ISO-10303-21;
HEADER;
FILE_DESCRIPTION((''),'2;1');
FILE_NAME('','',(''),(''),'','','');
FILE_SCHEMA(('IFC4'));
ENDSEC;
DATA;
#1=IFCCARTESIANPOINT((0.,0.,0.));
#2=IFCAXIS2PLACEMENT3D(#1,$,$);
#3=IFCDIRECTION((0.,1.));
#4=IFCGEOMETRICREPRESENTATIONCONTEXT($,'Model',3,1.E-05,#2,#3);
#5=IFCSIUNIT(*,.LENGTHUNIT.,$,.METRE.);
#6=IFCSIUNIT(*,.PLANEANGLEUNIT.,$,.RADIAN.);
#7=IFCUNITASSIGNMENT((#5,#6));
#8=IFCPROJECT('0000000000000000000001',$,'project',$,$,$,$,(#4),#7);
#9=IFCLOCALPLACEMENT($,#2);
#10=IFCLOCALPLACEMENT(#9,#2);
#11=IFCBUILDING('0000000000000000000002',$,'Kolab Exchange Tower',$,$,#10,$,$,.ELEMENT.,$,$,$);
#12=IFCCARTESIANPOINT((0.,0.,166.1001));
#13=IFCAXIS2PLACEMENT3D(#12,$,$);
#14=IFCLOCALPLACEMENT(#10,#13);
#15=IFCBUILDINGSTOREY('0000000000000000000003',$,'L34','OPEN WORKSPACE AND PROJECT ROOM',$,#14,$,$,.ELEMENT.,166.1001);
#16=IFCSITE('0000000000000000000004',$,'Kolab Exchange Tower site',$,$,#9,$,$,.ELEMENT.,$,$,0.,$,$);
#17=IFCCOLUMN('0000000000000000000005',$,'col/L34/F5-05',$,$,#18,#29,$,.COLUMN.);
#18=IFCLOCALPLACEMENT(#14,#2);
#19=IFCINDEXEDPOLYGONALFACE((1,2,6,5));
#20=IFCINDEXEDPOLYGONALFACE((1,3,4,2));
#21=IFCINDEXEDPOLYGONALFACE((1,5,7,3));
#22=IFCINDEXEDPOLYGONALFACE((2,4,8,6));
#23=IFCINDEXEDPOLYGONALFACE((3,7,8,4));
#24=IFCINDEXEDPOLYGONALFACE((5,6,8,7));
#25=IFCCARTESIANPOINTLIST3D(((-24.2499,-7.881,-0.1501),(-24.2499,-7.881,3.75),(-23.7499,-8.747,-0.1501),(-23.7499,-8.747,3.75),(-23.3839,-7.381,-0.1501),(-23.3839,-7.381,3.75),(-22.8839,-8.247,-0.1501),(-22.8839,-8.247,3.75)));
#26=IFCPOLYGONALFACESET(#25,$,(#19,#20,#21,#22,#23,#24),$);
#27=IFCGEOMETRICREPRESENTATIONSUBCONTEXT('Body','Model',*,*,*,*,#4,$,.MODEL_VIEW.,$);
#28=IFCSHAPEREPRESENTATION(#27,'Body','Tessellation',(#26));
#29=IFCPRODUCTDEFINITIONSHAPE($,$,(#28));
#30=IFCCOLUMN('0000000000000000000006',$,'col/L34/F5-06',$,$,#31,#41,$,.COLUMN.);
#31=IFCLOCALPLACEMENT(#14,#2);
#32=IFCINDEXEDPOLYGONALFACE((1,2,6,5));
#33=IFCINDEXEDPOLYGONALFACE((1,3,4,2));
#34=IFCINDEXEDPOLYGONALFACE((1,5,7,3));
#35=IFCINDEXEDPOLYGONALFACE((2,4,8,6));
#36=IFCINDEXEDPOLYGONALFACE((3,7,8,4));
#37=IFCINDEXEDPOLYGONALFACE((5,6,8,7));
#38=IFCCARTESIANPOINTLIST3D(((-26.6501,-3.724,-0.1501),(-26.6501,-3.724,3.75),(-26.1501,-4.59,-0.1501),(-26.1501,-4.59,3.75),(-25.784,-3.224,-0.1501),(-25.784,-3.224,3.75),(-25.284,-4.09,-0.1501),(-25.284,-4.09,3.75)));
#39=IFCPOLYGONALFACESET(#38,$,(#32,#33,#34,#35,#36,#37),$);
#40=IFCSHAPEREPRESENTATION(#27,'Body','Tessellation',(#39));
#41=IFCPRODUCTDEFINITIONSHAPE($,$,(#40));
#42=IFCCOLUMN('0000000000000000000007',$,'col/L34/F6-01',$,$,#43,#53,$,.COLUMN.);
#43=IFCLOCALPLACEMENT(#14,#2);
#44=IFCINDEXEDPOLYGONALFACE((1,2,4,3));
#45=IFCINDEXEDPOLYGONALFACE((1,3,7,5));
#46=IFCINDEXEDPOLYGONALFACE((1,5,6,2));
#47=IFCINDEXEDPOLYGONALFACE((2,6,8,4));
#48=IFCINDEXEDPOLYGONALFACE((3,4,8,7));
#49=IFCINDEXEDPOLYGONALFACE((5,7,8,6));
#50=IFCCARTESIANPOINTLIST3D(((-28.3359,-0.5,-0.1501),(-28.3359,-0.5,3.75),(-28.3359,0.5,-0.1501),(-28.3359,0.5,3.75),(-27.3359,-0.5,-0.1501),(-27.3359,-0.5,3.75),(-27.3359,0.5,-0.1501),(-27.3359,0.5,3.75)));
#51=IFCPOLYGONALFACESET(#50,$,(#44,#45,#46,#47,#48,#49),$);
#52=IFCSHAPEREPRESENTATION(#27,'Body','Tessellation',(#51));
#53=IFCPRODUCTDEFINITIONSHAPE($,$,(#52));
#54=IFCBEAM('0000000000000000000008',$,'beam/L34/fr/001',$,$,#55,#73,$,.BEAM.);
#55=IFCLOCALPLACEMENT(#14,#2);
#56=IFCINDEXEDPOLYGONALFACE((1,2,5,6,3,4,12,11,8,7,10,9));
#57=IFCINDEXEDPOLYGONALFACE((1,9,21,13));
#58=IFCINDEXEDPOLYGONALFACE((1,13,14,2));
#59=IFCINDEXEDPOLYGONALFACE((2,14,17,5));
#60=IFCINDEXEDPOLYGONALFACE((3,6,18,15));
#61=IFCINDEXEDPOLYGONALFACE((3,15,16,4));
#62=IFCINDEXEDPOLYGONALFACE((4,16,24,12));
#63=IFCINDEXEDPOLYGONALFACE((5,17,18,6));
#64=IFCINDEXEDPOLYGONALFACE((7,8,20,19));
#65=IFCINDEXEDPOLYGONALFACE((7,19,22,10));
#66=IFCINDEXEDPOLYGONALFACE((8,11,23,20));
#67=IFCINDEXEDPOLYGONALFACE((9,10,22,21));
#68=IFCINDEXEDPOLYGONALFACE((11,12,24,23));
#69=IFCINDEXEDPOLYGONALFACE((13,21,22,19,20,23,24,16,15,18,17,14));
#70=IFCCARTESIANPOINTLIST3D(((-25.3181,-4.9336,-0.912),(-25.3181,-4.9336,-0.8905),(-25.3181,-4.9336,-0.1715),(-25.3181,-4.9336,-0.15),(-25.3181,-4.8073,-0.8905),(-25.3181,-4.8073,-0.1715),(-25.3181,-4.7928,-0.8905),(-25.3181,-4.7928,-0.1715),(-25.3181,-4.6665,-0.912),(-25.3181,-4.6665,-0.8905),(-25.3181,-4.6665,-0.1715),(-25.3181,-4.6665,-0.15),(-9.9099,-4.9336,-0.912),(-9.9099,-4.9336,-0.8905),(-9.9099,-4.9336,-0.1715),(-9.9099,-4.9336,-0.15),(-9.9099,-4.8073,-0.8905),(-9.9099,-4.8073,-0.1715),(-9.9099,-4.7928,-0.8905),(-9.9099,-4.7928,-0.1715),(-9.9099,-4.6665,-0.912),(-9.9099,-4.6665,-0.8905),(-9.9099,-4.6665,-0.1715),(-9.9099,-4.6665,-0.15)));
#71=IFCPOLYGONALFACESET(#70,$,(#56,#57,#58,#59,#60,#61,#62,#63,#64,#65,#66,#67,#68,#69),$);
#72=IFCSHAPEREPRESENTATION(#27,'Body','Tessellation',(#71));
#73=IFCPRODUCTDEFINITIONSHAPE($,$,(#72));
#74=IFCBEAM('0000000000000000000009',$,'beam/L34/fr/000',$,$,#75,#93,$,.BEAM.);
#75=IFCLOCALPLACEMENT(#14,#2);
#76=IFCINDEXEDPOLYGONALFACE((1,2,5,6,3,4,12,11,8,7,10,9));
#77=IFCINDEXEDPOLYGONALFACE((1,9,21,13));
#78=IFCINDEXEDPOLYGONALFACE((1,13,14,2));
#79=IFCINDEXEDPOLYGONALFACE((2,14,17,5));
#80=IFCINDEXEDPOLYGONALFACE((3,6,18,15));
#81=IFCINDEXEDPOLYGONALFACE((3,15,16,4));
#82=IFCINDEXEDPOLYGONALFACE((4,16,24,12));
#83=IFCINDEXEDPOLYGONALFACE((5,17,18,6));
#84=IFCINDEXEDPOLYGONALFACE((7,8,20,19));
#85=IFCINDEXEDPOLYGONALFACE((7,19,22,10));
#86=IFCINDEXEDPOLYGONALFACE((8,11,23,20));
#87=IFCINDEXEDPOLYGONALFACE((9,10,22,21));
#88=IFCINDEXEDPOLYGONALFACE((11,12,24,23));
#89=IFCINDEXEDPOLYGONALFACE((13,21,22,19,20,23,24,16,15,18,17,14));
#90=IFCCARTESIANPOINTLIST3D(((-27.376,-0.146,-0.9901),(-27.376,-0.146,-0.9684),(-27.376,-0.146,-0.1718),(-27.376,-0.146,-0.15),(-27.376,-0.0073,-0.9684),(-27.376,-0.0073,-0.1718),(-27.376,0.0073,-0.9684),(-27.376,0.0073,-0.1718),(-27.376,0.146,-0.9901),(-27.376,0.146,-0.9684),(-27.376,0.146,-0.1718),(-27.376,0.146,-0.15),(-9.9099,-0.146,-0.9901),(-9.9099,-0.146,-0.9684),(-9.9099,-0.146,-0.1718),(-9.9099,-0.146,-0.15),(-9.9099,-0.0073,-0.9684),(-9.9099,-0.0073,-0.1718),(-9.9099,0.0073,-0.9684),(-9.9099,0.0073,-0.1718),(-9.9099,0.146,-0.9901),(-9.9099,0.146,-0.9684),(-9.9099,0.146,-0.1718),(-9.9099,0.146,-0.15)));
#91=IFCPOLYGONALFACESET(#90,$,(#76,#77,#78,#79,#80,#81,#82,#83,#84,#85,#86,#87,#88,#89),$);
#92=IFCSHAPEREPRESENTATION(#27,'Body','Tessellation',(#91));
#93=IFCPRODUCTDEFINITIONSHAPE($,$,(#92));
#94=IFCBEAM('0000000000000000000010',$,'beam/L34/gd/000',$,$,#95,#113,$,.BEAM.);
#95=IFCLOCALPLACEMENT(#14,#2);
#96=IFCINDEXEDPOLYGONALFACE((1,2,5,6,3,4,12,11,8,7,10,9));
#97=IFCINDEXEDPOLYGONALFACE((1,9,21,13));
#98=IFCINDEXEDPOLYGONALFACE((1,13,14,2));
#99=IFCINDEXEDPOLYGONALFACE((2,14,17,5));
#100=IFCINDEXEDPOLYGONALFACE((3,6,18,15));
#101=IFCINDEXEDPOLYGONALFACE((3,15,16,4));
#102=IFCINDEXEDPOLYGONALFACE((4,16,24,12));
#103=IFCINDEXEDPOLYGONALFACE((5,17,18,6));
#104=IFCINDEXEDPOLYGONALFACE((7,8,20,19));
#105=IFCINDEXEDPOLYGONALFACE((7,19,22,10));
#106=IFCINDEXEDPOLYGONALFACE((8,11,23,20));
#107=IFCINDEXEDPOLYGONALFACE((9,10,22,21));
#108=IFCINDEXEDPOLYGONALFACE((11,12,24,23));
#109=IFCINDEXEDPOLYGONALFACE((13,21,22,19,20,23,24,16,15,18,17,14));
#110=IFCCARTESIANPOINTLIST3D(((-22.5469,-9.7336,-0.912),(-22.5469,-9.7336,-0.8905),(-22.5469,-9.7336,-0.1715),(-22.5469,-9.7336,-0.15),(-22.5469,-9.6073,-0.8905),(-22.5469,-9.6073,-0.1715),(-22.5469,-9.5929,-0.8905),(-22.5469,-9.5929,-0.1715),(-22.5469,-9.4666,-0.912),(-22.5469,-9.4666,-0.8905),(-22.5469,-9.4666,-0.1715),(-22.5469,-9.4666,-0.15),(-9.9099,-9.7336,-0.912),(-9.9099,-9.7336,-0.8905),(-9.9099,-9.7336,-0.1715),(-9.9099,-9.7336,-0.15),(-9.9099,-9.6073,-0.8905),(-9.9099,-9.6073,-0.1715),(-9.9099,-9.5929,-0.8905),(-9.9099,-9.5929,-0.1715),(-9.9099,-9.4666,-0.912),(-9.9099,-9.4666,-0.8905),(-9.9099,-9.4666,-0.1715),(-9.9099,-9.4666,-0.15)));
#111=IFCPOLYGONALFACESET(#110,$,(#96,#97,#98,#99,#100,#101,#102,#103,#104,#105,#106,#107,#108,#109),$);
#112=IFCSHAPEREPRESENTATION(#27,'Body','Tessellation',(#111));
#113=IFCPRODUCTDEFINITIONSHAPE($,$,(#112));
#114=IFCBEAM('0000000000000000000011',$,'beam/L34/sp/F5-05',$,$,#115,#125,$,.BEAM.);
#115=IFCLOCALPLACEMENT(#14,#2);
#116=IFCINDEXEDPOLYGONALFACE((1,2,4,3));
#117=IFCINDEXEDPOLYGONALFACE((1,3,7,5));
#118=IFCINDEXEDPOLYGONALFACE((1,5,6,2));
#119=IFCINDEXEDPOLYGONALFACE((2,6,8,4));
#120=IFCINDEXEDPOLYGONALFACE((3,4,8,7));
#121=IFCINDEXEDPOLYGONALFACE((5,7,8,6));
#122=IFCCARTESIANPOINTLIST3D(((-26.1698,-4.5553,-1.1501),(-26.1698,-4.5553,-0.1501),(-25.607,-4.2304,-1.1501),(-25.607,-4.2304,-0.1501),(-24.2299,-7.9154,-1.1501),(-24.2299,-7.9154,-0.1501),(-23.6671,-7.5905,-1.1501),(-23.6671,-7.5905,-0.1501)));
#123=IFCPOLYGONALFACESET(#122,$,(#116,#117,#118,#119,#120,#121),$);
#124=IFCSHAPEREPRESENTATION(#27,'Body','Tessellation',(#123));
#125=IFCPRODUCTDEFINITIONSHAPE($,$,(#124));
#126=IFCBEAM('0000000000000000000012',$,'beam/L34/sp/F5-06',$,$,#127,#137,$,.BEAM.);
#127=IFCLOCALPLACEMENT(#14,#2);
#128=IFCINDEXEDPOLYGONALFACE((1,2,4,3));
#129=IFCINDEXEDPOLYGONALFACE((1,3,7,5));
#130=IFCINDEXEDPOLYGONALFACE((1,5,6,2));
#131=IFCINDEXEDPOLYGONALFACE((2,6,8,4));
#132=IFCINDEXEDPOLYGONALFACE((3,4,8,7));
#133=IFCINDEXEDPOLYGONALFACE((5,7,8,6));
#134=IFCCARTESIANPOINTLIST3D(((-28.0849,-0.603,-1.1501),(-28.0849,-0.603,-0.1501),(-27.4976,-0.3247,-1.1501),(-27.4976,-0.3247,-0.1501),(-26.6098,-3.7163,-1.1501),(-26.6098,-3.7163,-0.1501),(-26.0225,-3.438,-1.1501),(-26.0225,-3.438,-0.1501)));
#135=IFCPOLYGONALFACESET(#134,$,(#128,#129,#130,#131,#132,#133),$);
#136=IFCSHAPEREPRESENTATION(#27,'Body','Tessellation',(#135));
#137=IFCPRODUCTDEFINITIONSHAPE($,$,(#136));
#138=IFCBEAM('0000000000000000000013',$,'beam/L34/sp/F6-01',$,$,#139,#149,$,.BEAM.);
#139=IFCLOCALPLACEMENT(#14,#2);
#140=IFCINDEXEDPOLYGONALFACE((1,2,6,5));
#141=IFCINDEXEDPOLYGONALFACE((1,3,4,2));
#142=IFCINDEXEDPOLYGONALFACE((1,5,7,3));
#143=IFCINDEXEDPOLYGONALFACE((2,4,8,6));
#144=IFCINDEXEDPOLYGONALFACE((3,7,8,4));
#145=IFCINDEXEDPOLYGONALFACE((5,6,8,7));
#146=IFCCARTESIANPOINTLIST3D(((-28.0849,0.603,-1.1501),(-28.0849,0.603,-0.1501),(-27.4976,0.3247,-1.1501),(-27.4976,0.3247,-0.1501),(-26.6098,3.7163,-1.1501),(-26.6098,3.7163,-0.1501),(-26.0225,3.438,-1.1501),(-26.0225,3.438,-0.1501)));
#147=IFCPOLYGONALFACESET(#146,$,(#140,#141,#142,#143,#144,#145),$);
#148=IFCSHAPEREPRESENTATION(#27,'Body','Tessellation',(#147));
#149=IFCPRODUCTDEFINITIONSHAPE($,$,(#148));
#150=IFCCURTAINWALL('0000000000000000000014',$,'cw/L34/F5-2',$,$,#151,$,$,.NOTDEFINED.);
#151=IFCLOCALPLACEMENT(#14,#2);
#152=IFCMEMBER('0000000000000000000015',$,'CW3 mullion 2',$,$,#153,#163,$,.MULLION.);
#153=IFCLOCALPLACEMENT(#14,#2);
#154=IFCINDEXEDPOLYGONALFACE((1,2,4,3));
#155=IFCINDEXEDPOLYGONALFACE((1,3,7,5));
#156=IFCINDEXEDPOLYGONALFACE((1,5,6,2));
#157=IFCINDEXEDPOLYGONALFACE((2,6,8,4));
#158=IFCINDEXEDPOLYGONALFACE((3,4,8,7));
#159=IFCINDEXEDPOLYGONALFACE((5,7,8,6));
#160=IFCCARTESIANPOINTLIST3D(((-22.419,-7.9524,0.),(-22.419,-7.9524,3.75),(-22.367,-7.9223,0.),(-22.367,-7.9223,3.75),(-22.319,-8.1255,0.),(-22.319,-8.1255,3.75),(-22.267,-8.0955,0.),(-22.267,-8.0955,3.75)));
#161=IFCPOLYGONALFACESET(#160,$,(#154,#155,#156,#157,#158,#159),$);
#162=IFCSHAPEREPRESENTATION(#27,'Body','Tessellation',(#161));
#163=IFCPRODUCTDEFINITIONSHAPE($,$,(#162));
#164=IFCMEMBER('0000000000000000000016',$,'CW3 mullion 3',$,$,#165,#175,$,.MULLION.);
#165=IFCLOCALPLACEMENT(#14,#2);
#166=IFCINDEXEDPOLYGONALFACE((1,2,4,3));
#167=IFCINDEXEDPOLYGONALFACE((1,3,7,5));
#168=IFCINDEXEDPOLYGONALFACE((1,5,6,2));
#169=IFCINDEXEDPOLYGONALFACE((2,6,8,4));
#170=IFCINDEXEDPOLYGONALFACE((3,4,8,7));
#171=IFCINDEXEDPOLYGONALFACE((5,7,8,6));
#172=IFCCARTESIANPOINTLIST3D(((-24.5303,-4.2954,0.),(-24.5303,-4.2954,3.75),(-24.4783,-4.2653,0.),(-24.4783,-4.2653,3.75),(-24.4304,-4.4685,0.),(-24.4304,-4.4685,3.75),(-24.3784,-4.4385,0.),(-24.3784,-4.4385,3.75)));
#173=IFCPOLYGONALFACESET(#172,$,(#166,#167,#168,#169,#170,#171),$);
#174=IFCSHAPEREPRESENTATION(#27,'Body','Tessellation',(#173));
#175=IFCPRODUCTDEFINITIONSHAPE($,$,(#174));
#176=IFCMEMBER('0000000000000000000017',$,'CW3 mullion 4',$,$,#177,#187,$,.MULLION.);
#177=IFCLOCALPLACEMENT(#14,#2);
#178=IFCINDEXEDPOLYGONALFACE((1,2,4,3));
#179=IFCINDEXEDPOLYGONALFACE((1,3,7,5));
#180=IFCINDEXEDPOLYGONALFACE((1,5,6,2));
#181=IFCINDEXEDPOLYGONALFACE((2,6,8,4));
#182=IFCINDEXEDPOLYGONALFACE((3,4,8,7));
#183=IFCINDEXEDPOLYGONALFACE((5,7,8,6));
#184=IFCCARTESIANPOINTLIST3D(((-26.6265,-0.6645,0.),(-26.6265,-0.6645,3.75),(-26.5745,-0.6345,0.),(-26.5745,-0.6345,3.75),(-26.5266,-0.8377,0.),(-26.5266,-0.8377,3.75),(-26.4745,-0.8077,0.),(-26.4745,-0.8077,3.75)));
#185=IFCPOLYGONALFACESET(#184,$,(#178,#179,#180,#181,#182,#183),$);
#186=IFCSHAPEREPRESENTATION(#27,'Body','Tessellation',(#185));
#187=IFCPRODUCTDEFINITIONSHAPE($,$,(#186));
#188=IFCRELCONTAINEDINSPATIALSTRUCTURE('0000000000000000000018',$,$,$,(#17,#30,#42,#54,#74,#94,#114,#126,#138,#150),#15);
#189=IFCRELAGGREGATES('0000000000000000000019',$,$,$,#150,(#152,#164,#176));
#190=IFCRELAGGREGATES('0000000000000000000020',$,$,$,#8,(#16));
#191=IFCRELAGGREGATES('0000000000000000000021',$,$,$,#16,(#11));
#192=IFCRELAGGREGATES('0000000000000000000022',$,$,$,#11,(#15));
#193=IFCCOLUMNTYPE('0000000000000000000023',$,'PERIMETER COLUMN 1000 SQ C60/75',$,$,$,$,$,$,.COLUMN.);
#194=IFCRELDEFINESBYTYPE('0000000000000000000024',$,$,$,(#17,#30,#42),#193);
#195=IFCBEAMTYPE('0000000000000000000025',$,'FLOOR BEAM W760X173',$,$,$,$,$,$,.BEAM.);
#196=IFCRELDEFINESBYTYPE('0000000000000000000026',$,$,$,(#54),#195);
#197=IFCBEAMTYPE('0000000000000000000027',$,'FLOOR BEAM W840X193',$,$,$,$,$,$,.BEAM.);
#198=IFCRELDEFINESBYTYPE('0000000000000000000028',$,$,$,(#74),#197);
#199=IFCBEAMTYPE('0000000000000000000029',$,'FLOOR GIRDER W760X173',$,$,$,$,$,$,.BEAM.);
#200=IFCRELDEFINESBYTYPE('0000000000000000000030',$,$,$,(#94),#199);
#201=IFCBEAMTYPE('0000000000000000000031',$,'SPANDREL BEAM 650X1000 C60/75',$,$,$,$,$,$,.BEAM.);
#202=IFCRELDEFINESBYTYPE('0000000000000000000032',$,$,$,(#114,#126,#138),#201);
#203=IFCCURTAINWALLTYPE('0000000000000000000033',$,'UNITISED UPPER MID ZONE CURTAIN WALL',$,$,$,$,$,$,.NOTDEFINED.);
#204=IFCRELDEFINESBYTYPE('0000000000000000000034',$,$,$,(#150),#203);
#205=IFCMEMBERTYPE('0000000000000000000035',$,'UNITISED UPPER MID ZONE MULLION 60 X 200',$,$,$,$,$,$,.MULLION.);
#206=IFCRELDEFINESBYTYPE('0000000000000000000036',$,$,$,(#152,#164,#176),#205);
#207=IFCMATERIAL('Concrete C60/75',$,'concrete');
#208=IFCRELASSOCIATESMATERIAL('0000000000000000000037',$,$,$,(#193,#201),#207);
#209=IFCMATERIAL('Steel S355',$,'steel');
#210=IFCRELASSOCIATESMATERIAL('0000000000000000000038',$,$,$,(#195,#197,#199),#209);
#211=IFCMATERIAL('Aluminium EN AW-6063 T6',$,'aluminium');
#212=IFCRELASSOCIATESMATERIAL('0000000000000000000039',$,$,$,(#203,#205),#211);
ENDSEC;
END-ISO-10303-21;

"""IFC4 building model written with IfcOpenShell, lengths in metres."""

from ifc_helpers import new_model, si_unit, direction, frame, origin, origin_2d, place, context, subcontext, project, spatial, rectangle, i_section, extrude, material, material_profile, profile_set, type_object, element, aggregate, save


model = new_model("IFC4")

# Units and contexts
model_context = context("Model", 3, precision=1e-05, world=origin(), true_north=direction((0.0, 1.0)))
body_context = subcontext(model_context, "Body", "Model", "MODEL_VIEW")
ifc_project = project(units=[si_unit("LENGTHUNIT", "METRE"), si_unit("PLANEANGLEUNIT", "RADIAN")], contexts=[model_context])

# Site, building, storey
site_placement = place(None, origin())
site = spatial("IfcSite", under=ifc_project, at=site_placement, Name="Kolab Exchange Tower site", CompositionType="ELEMENT", RefElevation=0.0)
building_placement = place(site_placement, origin())
building = spatial("IfcBuilding", under=site, at=building_placement, Name="Kolab Exchange Tower", CompositionType="ELEMENT")
storey_placement = place(building_placement, frame((0.0, 0.0, 166.1001)))
storey = spatial("IfcBuildingStorey", under=building, at=storey_placement, Name="L34", Description="OPEN WORKSPACE AND PROJECT ROOM", CompositionType="ELEMENT", Elevation=166.1001)

# Columns
ifc_material_1 = material(Name="Concrete C60/75", Category="concrete")
ifc_material_profile_1 = material_profile(ifc_material_1, rectangle(XDim=1.0, YDim=1.0, at=origin_2d()), Name="RC1000")
ifc_profile_set_1 = profile_set([ifc_material_profile_1], Name="Concrete C60/75")
column_type = type_object("IfcColumnType", Name="PERIMETER COLUMN 1000 SQ C60/75", PredefinedType="COLUMN", material=ifc_profile_set_1)
for number, where, z_axis, x_axis, name in (
    (1, (-23.5669, -8.064, -0.1501), (0.0, 0.0, 1.0), (0.866025, 0.5, 0.0), "col/L34/F5-05"),
    (2, (-25.967, -3.907, -0.1501), (0.0, 0.0, 1.0), (0.866025, 0.5, 0.0), "col/L34/F5-06"),
    (3, (-27.8359, 0.0, -0.1501), (0.0, 0.0, 1.0), (1.0, 0.0, 0.0), "col/L34/F6-01"),
):
    element("IfcColumn", number, at=place(storey_placement, frame(where, z_axis=z_axis, x_axis=x_axis)), inside=storey, type_object=column_type, Name=name, PredefinedType="COLUMN", context=body_context, shape_type="SweptSolid", body=[
        extrude(rectangle(XDim=1.0, YDim=1.0, at=origin_2d()), origin(), (0.0, 0.0, 1.0), 3.9001),
    ])

# Beams
ifc_material_2 = material(Name="Steel S355", Category="steel")
ifc_material_profile_2 = material_profile(ifc_material_2, i_section(OverallWidth=0.2671, OverallDepth=0.762, WebThickness=0.0144, FlangeThickness=0.0215, at=origin_2d()), Name="W760X173")
ifc_profile_set_2 = profile_set([ifc_material_profile_2], Name="Steel S355")
beam_type_1 = type_object("IfcBeamType", Name="FLOOR BEAM W760X173", PredefinedType="BEAM", material=ifc_profile_set_2)
beam_1_placement = place(storey_placement, frame((-25.3181, -4.8, -0.531), z_axis=(1.0, 0.0, 0.0), x_axis=(0.0, 1.0, 0.0)))
element("IfcBeam", 4, at=beam_1_placement, inside=storey, type_object=beam_type_1, Name="beam/L34/fr/001", PredefinedType="BEAM", context=body_context, shape_type="SweptSolid", body=[
    extrude(i_section(OverallWidth=0.2671, OverallDepth=0.762, WebThickness=0.0144, FlangeThickness=0.0215, at=origin_2d()), origin(), (0.0, 0.0, 1.0), 15.4082),
])
ifc_material_profile_3 = material_profile(ifc_material_2, i_section(OverallWidth=0.292, OverallDepth=0.8401, WebThickness=0.0146, FlangeThickness=0.0217, at=origin_2d()), Name="W840X193")
ifc_profile_set_3 = profile_set([ifc_material_profile_3], Name="Steel S355")
beam_type_2 = type_object("IfcBeamType", Name="FLOOR BEAM W840X193", PredefinedType="BEAM", material=ifc_profile_set_3)
beam_2_placement = place(storey_placement, frame((-27.376, 0.0, -0.5701), z_axis=(1.0, 0.0, 0.0), x_axis=(0.0, 1.0, 0.0)))
element("IfcBeam", 5, at=beam_2_placement, inside=storey, type_object=beam_type_2, Name="beam/L34/fr/000", PredefinedType="BEAM", context=body_context, shape_type="SweptSolid", body=[
    extrude(i_section(OverallWidth=0.292, OverallDepth=0.8401, WebThickness=0.0146, FlangeThickness=0.0217, at=origin_2d()), origin(), (0.0, 0.0, 1.0), 17.4661),
])
ifc_material_profile_4 = material_profile(ifc_material_2, i_section(OverallWidth=0.2671, OverallDepth=0.762, WebThickness=0.0144, FlangeThickness=0.0215, at=origin_2d()), Name="W760X173")
ifc_profile_set_4 = profile_set([ifc_material_profile_4], Name="Steel S355")
beam_type_3 = type_object("IfcBeamType", Name="FLOOR GIRDER W760X173", PredefinedType="BEAM", material=ifc_profile_set_4)
beam_3_placement = place(storey_placement, frame((-22.5469, -9.6001, -0.531), z_axis=(1.0, 0.0, 0.0), x_axis=(0.0, 1.0, 0.0)))
element("IfcBeam", 6, at=beam_3_placement, inside=storey, type_object=beam_type_3, Name="beam/L34/gd/000", PredefinedType="BEAM", context=body_context, shape_type="SweptSolid", body=[
    extrude(i_section(OverallWidth=0.2671, OverallDepth=0.762, WebThickness=0.0144, FlangeThickness=0.0215, at=origin_2d()), origin(), (0.0, 0.0, 1.0), 12.637),
])
ifc_material_profile_5 = material_profile(ifc_material_1, rectangle(XDim=0.6499, YDim=1.0, at=origin_2d()), Name="RC650X1000")
ifc_profile_set_5 = profile_set([ifc_material_profile_5], Name="Concrete C60/75")
beam_type_4 = type_object("IfcBeamType", Name="SPANDREL BEAM 650X1000 C60/75", PredefinedType="BEAM", material=ifc_profile_set_5)
beam_4_placement = place(storey_placement, frame((-23.9485, -7.7529, -0.6501), z_axis=(-0.499997, 0.866027, 0.0), x_axis=(-0.866027, -0.499997, 0.0)))
element("IfcBeam", 7, at=beam_4_placement, inside=storey, type_object=beam_type_4, Name="beam/L34/sp/F5-05", PredefinedType="BEAM", context=body_context, shape_type="SweptSolid", body=[
    extrude(rectangle(XDim=0.6499, YDim=1.0, at=origin_2d()), origin(), (0.0, 0.0, 1.0), 3.8799),
])
for number, where, z_axis, x_axis, name in (
    (8, (-26.3162, -3.5771, -0.6501), (-0.428178, 0.903695, 0.0), (-0.903695, -0.428178, 0.0), "beam/L34/sp/F5-06"),
    (9, (-27.7913, 0.4639, -0.6501), (0.428178, 0.903695, 0.0), (-0.903695, 0.428178, 0.0), "beam/L34/sp/F6-01"),
):
    element("IfcBeam", number, at=place(storey_placement, frame(where, z_axis=z_axis, x_axis=x_axis)), inside=storey, type_object=beam_type_4, Name=name, PredefinedType="BEAM", context=body_context, shape_type="SweptSolid", body=[
        extrude(rectangle(XDim=0.6499, YDim=1.0, at=origin_2d()), origin(), (0.0, 0.0, 1.0), 3.4451),
    ])

# Curtain wall, members
ifc_material_3 = material(Name="Aluminium EN AW-6063 T6", Category="aluminium")
curtain_wall_type = type_object("IfcCurtainWallType", Name="UNITISED UPPER MID ZONE CURTAIN WALL", PredefinedType="NOTDEFINED", material=ifc_material_3)
curtain_wall_1_placement = place(storey_placement, origin())
curtain_wall_1 = element("IfcCurtainWall", 10, at=curtain_wall_1_placement, inside=storey, type_object=curtain_wall_type, Name="cw/L34/F5-2", PredefinedType="NOTDEFINED")
ifc_material_profile_6 = material_profile(ifc_material_3, rectangle(XDim=0.0601, YDim=0.2, at=origin_2d()), Name="RECT 60X200")
ifc_profile_set_6 = profile_set([ifc_material_profile_6], Name="Aluminium EN AW-6063 T6")
member_type_1 = type_object("IfcMemberType", Name="UNITISED UPPER MID ZONE MULLION 60 X 200", PredefinedType="MULLION", material=ifc_profile_set_6)
member_1_placement = place(storey_placement, frame((-22.343, -8.0239, 0.0), z_axis=(0.0, 0.0, 1.0), x_axis=(-0.866025, -0.5, 0.0)))
member_1 = element("IfcMember", 11, at=member_1_placement, type_object=member_type_1, Name="CW3 mullion 2", PredefinedType="MULLION", context=body_context, shape_type="SweptSolid", body=[
    extrude(rectangle(XDim=0.0601, YDim=0.2, at=origin_2d()), origin(), (0.0, 0.0, 1.0), 3.75),
])
member_2_placement = place(storey_placement, frame((-24.4543, -4.3669, 0.0), z_axis=(0.0, 0.0, 1.0), x_axis=(-0.866025, -0.5, 0.0)))
member_2 = element("IfcMember", 12, at=member_2_placement, type_object=member_type_1, Name="CW3 mullion 3", PredefinedType="MULLION", context=body_context, shape_type="SweptSolid", body=[
    extrude(rectangle(XDim=0.0601, YDim=0.2, at=origin_2d()), origin(), (0.0, 0.0, 1.0), 3.75),
])
member_3_placement = place(storey_placement, frame((-26.5505, -0.7361, 0.0), z_axis=(0.0, 0.0, 1.0), x_axis=(-0.866025, -0.5, 0.0)))
member_3 = element("IfcMember", 13, at=member_3_placement, type_object=member_type_1, Name="CW3 mullion 4", PredefinedType="MULLION", context=body_context, shape_type="SweptSolid", body=[
    extrude(rectangle(XDim=0.0601, YDim=0.2, at=origin_2d()), origin(), (0.0, 0.0, 1.0), 3.75),
])

aggregate(curtain_wall_1, [member_1, member_2, member_3])

save(model, "model.ifc")
